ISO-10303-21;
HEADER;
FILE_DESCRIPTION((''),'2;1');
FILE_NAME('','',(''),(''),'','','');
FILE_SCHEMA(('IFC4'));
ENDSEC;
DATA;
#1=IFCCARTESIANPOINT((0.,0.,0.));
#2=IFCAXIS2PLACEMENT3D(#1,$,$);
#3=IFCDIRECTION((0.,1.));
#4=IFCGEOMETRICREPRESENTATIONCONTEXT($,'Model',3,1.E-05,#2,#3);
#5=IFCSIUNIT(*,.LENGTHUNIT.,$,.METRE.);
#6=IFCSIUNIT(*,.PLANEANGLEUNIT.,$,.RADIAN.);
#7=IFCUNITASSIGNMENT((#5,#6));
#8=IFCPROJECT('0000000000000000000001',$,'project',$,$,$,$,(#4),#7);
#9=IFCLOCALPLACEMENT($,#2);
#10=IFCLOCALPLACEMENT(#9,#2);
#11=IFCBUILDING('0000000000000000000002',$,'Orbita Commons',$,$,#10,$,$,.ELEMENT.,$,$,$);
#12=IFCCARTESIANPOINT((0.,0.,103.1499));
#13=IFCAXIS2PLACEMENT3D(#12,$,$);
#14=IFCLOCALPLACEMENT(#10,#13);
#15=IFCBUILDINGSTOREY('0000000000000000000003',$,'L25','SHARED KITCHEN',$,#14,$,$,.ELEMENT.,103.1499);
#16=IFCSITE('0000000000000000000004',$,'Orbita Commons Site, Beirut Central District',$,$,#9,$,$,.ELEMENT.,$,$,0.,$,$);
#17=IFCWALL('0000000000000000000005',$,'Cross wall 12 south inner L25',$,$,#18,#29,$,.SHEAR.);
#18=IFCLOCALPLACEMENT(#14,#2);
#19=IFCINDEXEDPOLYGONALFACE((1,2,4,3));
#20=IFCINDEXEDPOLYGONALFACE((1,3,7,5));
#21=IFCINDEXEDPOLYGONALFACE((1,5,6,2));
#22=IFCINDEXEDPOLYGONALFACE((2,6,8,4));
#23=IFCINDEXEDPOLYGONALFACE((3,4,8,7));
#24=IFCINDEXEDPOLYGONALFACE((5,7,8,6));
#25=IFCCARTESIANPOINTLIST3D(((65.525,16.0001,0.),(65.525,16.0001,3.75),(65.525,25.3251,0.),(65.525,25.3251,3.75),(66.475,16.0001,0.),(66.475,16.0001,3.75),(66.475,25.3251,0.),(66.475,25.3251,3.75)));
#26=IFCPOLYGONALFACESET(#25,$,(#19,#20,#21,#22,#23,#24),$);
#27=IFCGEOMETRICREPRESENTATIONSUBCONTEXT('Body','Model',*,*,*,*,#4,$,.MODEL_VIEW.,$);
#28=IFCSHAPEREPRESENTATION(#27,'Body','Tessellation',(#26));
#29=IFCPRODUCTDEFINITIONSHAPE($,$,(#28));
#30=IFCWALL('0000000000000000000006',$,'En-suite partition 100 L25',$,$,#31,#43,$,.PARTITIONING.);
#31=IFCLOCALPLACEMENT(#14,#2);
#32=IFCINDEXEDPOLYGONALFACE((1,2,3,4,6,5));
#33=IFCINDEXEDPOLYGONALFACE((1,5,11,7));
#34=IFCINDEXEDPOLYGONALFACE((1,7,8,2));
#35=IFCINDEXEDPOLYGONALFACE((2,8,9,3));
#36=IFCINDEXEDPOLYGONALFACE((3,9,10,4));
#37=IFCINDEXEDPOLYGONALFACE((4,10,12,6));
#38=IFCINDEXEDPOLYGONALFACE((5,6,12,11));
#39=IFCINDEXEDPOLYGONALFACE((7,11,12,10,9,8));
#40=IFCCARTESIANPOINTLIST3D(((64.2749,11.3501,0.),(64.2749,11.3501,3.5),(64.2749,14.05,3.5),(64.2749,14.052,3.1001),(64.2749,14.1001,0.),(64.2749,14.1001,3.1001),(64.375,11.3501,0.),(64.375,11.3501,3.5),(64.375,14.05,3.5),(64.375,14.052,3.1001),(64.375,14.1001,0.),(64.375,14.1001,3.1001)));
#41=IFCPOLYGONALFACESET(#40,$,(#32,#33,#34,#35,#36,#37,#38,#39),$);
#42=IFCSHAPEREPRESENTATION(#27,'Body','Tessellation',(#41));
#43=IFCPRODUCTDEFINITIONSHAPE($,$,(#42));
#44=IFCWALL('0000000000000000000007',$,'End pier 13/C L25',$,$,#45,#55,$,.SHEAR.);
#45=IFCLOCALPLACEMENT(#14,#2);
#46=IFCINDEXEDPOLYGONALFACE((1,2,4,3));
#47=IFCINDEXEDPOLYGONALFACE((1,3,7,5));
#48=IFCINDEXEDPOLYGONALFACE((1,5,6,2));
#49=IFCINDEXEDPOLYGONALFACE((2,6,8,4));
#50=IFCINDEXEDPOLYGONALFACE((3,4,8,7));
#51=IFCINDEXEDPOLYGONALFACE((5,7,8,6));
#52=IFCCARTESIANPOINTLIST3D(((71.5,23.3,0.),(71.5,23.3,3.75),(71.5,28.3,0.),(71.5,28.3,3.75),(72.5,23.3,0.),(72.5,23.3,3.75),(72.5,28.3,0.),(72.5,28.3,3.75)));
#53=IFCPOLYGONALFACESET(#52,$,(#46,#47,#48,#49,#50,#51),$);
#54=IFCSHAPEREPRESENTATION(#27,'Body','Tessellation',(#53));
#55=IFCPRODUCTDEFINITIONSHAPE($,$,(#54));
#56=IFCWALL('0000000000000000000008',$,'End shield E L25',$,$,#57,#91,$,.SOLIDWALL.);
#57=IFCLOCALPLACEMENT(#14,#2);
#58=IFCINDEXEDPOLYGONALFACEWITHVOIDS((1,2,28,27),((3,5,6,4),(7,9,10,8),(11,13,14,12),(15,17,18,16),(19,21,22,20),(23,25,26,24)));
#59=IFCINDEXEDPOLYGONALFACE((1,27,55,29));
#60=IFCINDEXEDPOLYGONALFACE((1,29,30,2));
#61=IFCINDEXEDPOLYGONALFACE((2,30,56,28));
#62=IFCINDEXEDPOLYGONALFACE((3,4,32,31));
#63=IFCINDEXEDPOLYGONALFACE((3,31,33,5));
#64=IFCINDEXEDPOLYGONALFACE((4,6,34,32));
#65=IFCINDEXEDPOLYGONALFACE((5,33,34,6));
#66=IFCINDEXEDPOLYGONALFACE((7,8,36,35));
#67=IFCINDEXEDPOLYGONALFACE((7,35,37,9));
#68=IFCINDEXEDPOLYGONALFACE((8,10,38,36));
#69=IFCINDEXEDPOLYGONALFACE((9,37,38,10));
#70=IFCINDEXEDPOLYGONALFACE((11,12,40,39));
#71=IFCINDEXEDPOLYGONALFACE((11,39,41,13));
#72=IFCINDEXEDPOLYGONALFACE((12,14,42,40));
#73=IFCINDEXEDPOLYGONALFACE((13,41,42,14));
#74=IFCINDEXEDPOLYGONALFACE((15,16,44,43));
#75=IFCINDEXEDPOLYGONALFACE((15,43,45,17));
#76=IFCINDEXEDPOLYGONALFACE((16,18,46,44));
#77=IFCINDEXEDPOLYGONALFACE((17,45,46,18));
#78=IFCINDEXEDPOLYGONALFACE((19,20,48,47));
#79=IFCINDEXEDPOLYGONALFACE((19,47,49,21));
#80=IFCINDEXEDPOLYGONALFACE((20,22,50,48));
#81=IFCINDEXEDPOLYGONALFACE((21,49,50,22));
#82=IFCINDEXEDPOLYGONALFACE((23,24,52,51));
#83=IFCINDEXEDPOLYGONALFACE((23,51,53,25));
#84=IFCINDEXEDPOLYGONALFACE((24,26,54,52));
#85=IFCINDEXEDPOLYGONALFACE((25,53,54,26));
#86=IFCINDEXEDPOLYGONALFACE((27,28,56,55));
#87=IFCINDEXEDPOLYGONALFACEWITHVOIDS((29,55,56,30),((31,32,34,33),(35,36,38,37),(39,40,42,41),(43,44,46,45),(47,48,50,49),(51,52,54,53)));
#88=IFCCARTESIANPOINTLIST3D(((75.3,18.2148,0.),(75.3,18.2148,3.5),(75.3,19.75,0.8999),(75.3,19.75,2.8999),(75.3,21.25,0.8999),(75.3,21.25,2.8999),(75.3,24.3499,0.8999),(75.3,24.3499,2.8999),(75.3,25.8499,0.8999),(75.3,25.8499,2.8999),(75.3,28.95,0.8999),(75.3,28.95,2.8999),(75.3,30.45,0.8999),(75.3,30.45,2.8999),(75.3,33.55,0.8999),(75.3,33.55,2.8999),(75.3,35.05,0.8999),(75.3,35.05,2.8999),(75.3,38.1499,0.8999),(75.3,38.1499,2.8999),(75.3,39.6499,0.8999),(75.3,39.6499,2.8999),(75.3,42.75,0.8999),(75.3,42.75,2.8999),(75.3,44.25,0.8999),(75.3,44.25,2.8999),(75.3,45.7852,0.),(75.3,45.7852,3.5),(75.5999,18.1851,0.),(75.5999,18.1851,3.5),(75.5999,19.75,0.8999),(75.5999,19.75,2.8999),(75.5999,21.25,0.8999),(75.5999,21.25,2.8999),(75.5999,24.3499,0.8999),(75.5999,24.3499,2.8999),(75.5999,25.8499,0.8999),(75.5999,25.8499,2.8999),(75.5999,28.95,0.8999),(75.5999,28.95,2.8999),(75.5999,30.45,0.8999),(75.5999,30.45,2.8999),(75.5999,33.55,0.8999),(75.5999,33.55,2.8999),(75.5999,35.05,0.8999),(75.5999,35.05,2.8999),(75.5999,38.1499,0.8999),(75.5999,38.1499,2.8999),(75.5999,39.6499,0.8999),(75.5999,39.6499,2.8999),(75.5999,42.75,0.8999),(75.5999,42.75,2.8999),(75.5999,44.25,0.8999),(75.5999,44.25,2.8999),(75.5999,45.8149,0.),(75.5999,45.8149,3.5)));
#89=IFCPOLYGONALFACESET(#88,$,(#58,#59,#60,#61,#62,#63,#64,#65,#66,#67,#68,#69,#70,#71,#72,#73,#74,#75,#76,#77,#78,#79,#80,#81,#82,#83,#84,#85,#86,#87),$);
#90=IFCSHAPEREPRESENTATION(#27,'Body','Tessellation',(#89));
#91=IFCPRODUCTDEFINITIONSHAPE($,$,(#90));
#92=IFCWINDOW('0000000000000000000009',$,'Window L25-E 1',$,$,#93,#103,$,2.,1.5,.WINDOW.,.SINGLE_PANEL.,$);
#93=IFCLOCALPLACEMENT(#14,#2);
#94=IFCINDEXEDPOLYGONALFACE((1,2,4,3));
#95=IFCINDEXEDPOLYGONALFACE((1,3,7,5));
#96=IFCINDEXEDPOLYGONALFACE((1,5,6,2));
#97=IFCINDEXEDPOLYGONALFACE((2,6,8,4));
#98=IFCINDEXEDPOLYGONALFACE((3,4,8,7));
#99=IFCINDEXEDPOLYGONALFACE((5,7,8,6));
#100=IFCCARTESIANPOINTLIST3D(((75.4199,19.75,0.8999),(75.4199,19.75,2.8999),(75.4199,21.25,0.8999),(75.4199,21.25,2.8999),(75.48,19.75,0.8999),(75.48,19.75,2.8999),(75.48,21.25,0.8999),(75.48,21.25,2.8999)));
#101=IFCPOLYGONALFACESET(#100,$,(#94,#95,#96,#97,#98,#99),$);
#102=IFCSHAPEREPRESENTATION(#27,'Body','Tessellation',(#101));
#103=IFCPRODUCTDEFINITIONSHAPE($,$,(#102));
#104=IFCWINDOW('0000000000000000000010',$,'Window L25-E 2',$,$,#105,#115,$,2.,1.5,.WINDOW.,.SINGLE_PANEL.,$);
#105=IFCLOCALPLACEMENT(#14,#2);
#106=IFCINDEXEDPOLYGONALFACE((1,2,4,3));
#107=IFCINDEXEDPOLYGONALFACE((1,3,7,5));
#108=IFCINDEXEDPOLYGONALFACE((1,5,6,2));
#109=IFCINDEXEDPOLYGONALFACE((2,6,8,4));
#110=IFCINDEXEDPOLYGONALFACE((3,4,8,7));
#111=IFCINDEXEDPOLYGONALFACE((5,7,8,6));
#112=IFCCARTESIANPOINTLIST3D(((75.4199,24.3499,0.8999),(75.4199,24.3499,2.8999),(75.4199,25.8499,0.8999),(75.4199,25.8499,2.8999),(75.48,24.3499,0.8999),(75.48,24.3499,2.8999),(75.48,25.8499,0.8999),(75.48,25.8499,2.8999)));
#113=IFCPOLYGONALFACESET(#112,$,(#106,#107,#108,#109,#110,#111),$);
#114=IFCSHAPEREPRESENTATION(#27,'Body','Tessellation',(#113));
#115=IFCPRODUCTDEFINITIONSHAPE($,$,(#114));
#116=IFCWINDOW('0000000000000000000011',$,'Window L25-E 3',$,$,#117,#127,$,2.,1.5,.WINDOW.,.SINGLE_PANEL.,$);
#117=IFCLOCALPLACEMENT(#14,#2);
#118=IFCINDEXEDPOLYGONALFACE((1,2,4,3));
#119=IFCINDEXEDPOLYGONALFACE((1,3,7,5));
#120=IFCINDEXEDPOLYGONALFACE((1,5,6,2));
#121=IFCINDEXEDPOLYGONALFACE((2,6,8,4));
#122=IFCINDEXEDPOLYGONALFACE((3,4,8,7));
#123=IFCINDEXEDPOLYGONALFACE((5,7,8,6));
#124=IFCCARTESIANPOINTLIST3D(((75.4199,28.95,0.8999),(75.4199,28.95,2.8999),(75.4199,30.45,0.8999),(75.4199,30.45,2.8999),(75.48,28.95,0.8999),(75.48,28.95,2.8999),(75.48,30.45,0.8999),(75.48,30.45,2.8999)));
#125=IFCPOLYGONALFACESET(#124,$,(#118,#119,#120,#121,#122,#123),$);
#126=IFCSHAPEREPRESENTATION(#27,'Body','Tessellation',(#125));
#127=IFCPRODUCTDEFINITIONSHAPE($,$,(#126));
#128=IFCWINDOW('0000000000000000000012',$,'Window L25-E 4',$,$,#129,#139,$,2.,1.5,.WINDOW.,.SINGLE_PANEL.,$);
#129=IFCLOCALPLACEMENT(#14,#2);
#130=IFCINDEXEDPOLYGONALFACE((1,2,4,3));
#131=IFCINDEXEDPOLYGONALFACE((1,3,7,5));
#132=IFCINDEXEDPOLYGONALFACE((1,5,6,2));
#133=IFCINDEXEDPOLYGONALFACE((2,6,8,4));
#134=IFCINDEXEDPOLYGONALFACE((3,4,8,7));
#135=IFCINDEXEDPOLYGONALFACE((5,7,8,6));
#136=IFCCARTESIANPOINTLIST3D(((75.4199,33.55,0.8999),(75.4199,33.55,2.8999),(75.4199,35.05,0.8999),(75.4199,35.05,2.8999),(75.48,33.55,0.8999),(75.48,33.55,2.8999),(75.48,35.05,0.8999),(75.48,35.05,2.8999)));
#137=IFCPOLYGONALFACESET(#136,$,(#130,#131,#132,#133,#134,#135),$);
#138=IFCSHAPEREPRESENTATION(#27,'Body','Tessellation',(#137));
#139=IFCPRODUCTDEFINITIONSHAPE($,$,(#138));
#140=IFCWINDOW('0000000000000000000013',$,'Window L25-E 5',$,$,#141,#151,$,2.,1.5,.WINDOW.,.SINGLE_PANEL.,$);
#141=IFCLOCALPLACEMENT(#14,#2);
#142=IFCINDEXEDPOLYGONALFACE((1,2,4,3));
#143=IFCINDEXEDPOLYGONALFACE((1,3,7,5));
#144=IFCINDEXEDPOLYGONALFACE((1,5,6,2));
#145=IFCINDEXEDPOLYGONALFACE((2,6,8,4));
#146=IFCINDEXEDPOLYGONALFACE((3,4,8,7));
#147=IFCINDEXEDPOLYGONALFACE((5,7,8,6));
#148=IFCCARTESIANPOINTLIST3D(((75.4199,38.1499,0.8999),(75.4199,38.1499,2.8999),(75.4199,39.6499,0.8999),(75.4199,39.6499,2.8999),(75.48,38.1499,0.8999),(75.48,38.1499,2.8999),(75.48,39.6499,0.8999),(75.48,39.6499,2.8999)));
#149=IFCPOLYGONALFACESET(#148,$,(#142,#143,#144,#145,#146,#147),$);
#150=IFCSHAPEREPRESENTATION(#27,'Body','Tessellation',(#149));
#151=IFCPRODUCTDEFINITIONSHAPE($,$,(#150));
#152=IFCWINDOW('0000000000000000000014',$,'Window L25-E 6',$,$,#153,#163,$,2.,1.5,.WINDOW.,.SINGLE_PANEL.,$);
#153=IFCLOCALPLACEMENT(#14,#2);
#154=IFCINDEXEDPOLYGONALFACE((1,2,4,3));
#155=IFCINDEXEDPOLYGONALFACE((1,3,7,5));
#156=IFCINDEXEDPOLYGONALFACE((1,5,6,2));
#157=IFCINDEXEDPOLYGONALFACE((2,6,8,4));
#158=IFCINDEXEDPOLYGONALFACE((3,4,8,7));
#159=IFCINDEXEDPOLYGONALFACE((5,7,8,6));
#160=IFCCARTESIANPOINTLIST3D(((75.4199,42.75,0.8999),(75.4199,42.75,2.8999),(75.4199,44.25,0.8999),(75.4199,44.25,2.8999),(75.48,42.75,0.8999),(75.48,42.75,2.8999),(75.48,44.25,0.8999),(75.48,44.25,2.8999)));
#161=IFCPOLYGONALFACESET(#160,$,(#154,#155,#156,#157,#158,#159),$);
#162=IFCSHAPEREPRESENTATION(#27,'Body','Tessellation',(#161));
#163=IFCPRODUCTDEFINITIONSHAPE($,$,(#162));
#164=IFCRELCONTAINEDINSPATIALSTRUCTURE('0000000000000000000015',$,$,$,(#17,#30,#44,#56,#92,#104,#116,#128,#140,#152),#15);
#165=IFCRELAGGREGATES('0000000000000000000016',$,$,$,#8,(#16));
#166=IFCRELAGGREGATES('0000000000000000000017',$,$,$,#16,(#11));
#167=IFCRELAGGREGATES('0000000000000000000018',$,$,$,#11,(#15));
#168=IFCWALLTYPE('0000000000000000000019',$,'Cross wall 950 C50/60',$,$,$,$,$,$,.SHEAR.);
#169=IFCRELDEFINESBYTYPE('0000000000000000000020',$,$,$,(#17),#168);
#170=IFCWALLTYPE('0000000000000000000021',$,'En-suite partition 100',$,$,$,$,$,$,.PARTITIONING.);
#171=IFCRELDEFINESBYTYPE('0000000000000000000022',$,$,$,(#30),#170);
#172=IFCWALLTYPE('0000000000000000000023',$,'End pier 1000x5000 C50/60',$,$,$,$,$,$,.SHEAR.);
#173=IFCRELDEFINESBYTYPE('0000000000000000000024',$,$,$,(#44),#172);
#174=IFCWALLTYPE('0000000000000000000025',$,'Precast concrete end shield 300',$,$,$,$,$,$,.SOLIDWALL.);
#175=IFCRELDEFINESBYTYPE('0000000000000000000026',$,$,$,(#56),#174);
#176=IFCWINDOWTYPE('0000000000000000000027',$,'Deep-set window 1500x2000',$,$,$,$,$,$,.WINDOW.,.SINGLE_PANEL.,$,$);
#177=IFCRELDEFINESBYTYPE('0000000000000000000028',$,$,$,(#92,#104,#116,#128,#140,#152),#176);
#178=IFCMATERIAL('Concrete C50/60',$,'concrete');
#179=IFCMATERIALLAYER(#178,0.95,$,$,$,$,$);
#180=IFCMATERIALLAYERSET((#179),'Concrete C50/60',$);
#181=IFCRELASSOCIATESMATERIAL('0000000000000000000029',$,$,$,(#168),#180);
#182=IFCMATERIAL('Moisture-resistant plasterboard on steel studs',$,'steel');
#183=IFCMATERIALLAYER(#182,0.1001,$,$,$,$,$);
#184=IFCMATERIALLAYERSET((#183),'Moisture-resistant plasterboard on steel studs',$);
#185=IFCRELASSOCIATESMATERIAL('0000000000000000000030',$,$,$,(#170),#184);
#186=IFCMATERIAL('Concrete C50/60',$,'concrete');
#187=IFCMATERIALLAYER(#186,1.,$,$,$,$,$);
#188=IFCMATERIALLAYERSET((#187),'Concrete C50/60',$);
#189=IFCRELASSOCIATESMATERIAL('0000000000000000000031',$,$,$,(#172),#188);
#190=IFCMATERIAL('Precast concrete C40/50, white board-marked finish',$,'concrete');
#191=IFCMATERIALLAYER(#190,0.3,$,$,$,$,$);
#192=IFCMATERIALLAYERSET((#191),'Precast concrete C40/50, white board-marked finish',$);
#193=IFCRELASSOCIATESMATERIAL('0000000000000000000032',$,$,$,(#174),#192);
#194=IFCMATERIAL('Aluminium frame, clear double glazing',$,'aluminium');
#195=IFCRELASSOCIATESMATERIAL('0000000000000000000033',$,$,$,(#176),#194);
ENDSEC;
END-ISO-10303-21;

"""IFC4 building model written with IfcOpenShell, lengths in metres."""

from ifc_helpers import new_model, si_unit, direction, frame, frame_2d, origin, place, context, subcontext, project, spatial, polyline, rectangle, outline, extrude, material, layer, layer_set, type_object, element, fill, save


model = new_model("IFC4")

# Units and contexts
model_context = context("Model", 3, precision=1e-05, world=origin(), true_north=direction((0.0, 1.0)))
body_context = subcontext(model_context, "Body", "Model", "MODEL_VIEW")
ifc_project = project(units=[si_unit("LENGTHUNIT", "METRE"), si_unit("PLANEANGLEUNIT", "RADIAN")], contexts=[model_context])

# Site, building, storey
site_placement = place(None, origin())
site = spatial("IfcSite", under=ifc_project, at=site_placement, Name="Orbita Commons Site, Beirut Central District", CompositionType="ELEMENT", RefElevation=0.0)
building_placement = place(site_placement, origin())
building = spatial("IfcBuilding", under=site, at=building_placement, Name="Orbita Commons", CompositionType="ELEMENT")
storey_placement = place(building_placement, frame((0.0, 0.0, 103.1499)))
storey = spatial("IfcBuildingStorey", under=building, at=storey_placement, Name="L25", Description="SHARED KITCHEN", CompositionType="ELEMENT", Elevation=103.1499)

# Walls
ifc_material_1 = material(Name="Concrete C50/60", Category="concrete")
ifc_layer_1 = layer(ifc_material_1, 0.95)
ifc_layer_set_1 = layer_set([ifc_layer_1], Name="Concrete C50/60")
wall_type_1 = type_object("IfcWallType", Name="Cross wall 950 C50/60", PredefinedType="SHEAR", material=ifc_layer_set_1)
wall_1_placement = place(storey_placement, frame((66.0, 16.0, 0.0), z_axis=(0.0, 0.0, 1.0), x_axis=(0.0, 1.0, 0.0)))
element("IfcWall", 1, at=wall_1_placement, inside=storey, type_object=wall_type_1, Name="Cross wall 12 south inner L25", PredefinedType="SHEAR", context=body_context, shape_type="SweptSolid", body=[
    extrude(rectangle(XDim=9.325, YDim=0.95, at=frame_2d((4.6626, 0.0))), origin(), (0.0, 0.0, 1.0), 3.75),
])
ifc_material_2 = material(Name="Moisture-resistant plasterboard on steel studs", Category="steel")
ifc_layer_2 = layer(ifc_material_2, 0.1001)
ifc_layer_set_2 = layer_set([ifc_layer_2], Name="Moisture-resistant plasterboard on steel studs")
wall_type_2 = type_object("IfcWallType", Name="En-suite partition 100", PredefinedType="PARTITIONING", material=ifc_layer_set_2)
wall_2_placement = place(storey_placement, frame((64.325, 11.3501, 0.0), z_axis=(0.0, 0.0, 1.0), x_axis=(0.0, 1.0, 0.0)))
element("IfcWall", 2, at=wall_2_placement, inside=storey, type_object=wall_type_2, Name="En-suite partition 100 L25", PredefinedType="PARTITIONING", context=body_context, shape_type="SweptSolid", body=[
    extrude(outline(polyline([(0.0, 0.0), (2.75, 0.0), (2.75, 3.1001), (2.7019, 3.1001), (2.7, 3.5), (0.0, 3.5), (0.0, 0.0)])), frame((0.0, 0.05, 0.0), z_axis=(0.0, -1.0, 0.0), x_axis=(1.0, 0.0, 0.0)), (0.0, 0.0, 1.0), 0.1001),
])
ifc_material_3 = material(Name="Concrete C50/60", Category="concrete")
ifc_layer_3 = layer(ifc_material_3, 1.0)
ifc_layer_set_3 = layer_set([ifc_layer_3], Name="Concrete C50/60")
wall_type_3 = type_object("IfcWallType", Name="End pier 1000x5000 C50/60", PredefinedType="SHEAR", material=ifc_layer_set_3)
wall_3_placement = place(storey_placement, frame((72.0, 23.3, 0.0), z_axis=(0.0, 0.0, 1.0), x_axis=(0.0, 1.0, 0.0)))
element("IfcWall", 3, at=wall_3_placement, inside=storey, type_object=wall_type_3, Name="End pier 13/C L25", PredefinedType="SHEAR", context=body_context, shape_type="SweptSolid", body=[
    extrude(rectangle(XDim=5.0, YDim=1.0, at=frame_2d((2.5, 0.0))), origin(), (0.0, 0.0, 1.0), 3.75),
])

# Wall, openings, windows
ifc_material_4 = material(Name="Precast concrete C40/50, white board-marked finish", Category="concrete")
ifc_layer_4 = layer(ifc_material_4, 0.3)
ifc_layer_set_4 = layer_set([ifc_layer_4], Name="Precast concrete C40/50, white board-marked finish")
wall_type_4 = type_object("IfcWallType", Name="Precast concrete end shield 300", PredefinedType="SOLIDWALL", material=ifc_layer_set_4)
wall_4_placement = place(storey_placement, frame((75.45, 18.2, 0.0), z_axis=(0.0, 0.0, 1.0), x_axis=(0.0, 1.0, 0.0)))
wall_4 = element("IfcWall", 4, at=wall_4_placement, inside=storey, type_object=wall_type_4, Name="End shield E L25", PredefinedType="SOLIDWALL", context=body_context, shape_type="SweptSolid", body=[
    extrude(outline(polyline([(-0.0149, -0.1499), (27.615, -0.1499), (27.5852, 0.1499), (0.0149, 0.1499), (-0.0149, -0.1499)])), origin(), (0.0, 0.0, 1.0), 3.5),
])
opening_1_placement = place(wall_4_placement, frame((1.55, 0.0, 0.8999)))
opening_1 = element("IfcOpeningElement", 5, at=opening_1_placement, cuts=wall_4, PredefinedType="OPENING", context=body_context, shape_type="SweptSolid", body=[
    extrude(rectangle(XDim=1.5, YDim=2.0, at=frame_2d((0.75, 1.0))), frame((0.0, 0.1599, 0.0), z_axis=(0.0, -1.0, 0.0), x_axis=(1.0, 0.0, 0.0)), (0.0, 0.0, 1.0), 0.3201),
])
opening_2_placement = place(wall_4_placement, frame((6.1499, 0.0, 0.8999)))
opening_2 = element("IfcOpeningElement", 6, at=opening_2_placement, cuts=wall_4, PredefinedType="OPENING", context=body_context, shape_type="SweptSolid", body=[
    extrude(rectangle(XDim=1.5, YDim=2.0, at=frame_2d((0.75, 1.0))), frame((0.0, 0.1599, 0.0), z_axis=(0.0, -1.0, 0.0), x_axis=(1.0, 0.0, 0.0)), (0.0, 0.0, 1.0), 0.3201),
])
opening_3_placement = place(wall_4_placement, frame((10.75, 0.0, 0.8999)))
opening_3 = element("IfcOpeningElement", 7, at=opening_3_placement, cuts=wall_4, PredefinedType="OPENING", context=body_context, shape_type="SweptSolid", body=[
    extrude(rectangle(XDim=1.5, YDim=2.0, at=frame_2d((0.75, 1.0))), frame((0.0, 0.1599, 0.0), z_axis=(0.0, -1.0, 0.0), x_axis=(1.0, 0.0, 0.0)), (0.0, 0.0, 1.0), 0.3201),
])
opening_4_placement = place(wall_4_placement, frame((15.3501, 0.0, 0.8999)))
opening_4 = element("IfcOpeningElement", 8, at=opening_4_placement, cuts=wall_4, PredefinedType="OPENING", context=body_context, shape_type="SweptSolid", body=[
    extrude(rectangle(XDim=1.5, YDim=2.0, at=frame_2d((0.75, 1.0))), frame((0.0, 0.1599, 0.0), z_axis=(0.0, -1.0, 0.0), x_axis=(1.0, 0.0, 0.0)), (0.0, 0.0, 1.0), 0.3201),
])
opening_5_placement = place(wall_4_placement, frame((19.95, 0.0, 0.8999)))
opening_5 = element("IfcOpeningElement", 9, at=opening_5_placement, cuts=wall_4, PredefinedType="OPENING", context=body_context, shape_type="SweptSolid", body=[
    extrude(rectangle(XDim=1.5, YDim=2.0, at=frame_2d((0.75, 1.0))), frame((0.0, 0.1599, 0.0), z_axis=(0.0, -1.0, 0.0), x_axis=(1.0, 0.0, 0.0)), (0.0, 0.0, 1.0), 0.3201),
])
opening_6_placement = place(wall_4_placement, frame((24.55, 0.0, 0.8999)))
opening_6 = element("IfcOpeningElement", 10, at=opening_6_placement, cuts=wall_4, PredefinedType="OPENING", context=body_context, shape_type="SweptSolid", body=[
    extrude(rectangle(XDim=1.5, YDim=2.0, at=frame_2d((0.75, 1.0))), frame((0.0, 0.1599, 0.0), z_axis=(0.0, -1.0, 0.0), x_axis=(1.0, 0.0, 0.0)), (0.0, 0.0, 1.0), 0.3201),
])
ifc_material_5 = material(Name="Aluminium frame, clear double glazing", Category="aluminium")
window_type_1 = type_object("IfcWindowType", Name="Deep-set window 1500x2000", PartitioningType="SINGLE_PANEL", PredefinedType="WINDOW", material=ifc_material_5)
window_1_placement = place(opening_1_placement, origin())
window_1 = element("IfcWindow", 11, at=window_1_placement, inside=storey, type_object=window_type_1, Name="Window L25-E 1", OverallHeight=2.0, OverallWidth=1.5, PartitioningType="SINGLE_PANEL", PredefinedType="WINDOW", context=body_context, shape_type="SweptSolid", body=[
    extrude(rectangle(XDim=1.5, YDim=2.0, at=frame_2d((0.75, 1.0))), frame((0.0, 0.03, 0.0), z_axis=(0.0, -1.0, 0.0), x_axis=(1.0, 0.0, 0.0)), (0.0, 0.0, 1.0), 0.0601),
])
fill(opening_1, window_1)
window_2_placement = place(opening_2_placement, origin())
window_2 = element("IfcWindow", 12, at=window_2_placement, inside=storey, type_object=window_type_1, Name="Window L25-E 2", OverallHeight=2.0, OverallWidth=1.5, PartitioningType="SINGLE_PANEL", PredefinedType="WINDOW", context=body_context, shape_type="SweptSolid", body=[
    extrude(rectangle(XDim=1.5, YDim=2.0, at=frame_2d((0.75, 1.0))), frame((0.0, 0.03, 0.0), z_axis=(0.0, -1.0, 0.0), x_axis=(1.0, 0.0, 0.0)), (0.0, 0.0, 1.0), 0.0601),
])
fill(opening_2, window_2)
window_3_placement = place(opening_3_placement, origin())
window_3 = element("IfcWindow", 13, at=window_3_placement, inside=storey, type_object=window_type_1, Name="Window L25-E 3", OverallHeight=2.0, OverallWidth=1.5, PartitioningType="SINGLE_PANEL", PredefinedType="WINDOW", context=body_context, shape_type="SweptSolid", body=[
    extrude(rectangle(XDim=1.5, YDim=2.0, at=frame_2d((0.75, 1.0))), frame((0.0, 0.03, 0.0), z_axis=(0.0, -1.0, 0.0), x_axis=(1.0, 0.0, 0.0)), (0.0, 0.0, 1.0), 0.0601),
])
fill(opening_3, window_3)
window_4_placement = place(opening_4_placement, origin())
window_4 = element("IfcWindow", 14, at=window_4_placement, inside=storey, type_object=window_type_1, Name="Window L25-E 4", OverallHeight=2.0, OverallWidth=1.5, PartitioningType="SINGLE_PANEL", PredefinedType="WINDOW", context=body_context, shape_type="SweptSolid", body=[
    extrude(rectangle(XDim=1.5, YDim=2.0, at=frame_2d((0.75, 1.0))), frame((0.0, 0.03, 0.0), z_axis=(0.0, -1.0, 0.0), x_axis=(1.0, 0.0, 0.0)), (0.0, 0.0, 1.0), 0.0601),
])
fill(opening_4, window_4)
window_5_placement = place(opening_5_placement, origin())
window_5 = element("IfcWindow", 15, at=window_5_placement, inside=storey, type_object=window_type_1, Name="Window L25-E 5", OverallHeight=2.0, OverallWidth=1.5, PartitioningType="SINGLE_PANEL", PredefinedType="WINDOW", context=body_context, shape_type="SweptSolid", body=[
    extrude(rectangle(XDim=1.5, YDim=2.0, at=frame_2d((0.75, 1.0))), frame((0.0, 0.03, 0.0), z_axis=(0.0, -1.0, 0.0), x_axis=(1.0, 0.0, 0.0)), (0.0, 0.0, 1.0), 0.0601),
])
fill(opening_5, window_5)
window_6_placement = place(opening_6_placement, origin())
window_6 = element("IfcWindow", 16, at=window_6_placement, inside=storey, type_object=window_type_1, Name="Window L25-E 6", OverallHeight=2.0, OverallWidth=1.5, PartitioningType="SINGLE_PANEL", PredefinedType="WINDOW", context=body_context, shape_type="SweptSolid", body=[
    extrude(rectangle(XDim=1.5, YDim=2.0, at=frame_2d((0.75, 1.0))), frame((0.0, 0.03, 0.0), z_axis=(0.0, -1.0, 0.0), x_axis=(1.0, 0.0, 0.0)), (0.0, 0.0, 1.0), 0.0601),
])
fill(opening_6, window_6)

save(model, "model.ifc")
